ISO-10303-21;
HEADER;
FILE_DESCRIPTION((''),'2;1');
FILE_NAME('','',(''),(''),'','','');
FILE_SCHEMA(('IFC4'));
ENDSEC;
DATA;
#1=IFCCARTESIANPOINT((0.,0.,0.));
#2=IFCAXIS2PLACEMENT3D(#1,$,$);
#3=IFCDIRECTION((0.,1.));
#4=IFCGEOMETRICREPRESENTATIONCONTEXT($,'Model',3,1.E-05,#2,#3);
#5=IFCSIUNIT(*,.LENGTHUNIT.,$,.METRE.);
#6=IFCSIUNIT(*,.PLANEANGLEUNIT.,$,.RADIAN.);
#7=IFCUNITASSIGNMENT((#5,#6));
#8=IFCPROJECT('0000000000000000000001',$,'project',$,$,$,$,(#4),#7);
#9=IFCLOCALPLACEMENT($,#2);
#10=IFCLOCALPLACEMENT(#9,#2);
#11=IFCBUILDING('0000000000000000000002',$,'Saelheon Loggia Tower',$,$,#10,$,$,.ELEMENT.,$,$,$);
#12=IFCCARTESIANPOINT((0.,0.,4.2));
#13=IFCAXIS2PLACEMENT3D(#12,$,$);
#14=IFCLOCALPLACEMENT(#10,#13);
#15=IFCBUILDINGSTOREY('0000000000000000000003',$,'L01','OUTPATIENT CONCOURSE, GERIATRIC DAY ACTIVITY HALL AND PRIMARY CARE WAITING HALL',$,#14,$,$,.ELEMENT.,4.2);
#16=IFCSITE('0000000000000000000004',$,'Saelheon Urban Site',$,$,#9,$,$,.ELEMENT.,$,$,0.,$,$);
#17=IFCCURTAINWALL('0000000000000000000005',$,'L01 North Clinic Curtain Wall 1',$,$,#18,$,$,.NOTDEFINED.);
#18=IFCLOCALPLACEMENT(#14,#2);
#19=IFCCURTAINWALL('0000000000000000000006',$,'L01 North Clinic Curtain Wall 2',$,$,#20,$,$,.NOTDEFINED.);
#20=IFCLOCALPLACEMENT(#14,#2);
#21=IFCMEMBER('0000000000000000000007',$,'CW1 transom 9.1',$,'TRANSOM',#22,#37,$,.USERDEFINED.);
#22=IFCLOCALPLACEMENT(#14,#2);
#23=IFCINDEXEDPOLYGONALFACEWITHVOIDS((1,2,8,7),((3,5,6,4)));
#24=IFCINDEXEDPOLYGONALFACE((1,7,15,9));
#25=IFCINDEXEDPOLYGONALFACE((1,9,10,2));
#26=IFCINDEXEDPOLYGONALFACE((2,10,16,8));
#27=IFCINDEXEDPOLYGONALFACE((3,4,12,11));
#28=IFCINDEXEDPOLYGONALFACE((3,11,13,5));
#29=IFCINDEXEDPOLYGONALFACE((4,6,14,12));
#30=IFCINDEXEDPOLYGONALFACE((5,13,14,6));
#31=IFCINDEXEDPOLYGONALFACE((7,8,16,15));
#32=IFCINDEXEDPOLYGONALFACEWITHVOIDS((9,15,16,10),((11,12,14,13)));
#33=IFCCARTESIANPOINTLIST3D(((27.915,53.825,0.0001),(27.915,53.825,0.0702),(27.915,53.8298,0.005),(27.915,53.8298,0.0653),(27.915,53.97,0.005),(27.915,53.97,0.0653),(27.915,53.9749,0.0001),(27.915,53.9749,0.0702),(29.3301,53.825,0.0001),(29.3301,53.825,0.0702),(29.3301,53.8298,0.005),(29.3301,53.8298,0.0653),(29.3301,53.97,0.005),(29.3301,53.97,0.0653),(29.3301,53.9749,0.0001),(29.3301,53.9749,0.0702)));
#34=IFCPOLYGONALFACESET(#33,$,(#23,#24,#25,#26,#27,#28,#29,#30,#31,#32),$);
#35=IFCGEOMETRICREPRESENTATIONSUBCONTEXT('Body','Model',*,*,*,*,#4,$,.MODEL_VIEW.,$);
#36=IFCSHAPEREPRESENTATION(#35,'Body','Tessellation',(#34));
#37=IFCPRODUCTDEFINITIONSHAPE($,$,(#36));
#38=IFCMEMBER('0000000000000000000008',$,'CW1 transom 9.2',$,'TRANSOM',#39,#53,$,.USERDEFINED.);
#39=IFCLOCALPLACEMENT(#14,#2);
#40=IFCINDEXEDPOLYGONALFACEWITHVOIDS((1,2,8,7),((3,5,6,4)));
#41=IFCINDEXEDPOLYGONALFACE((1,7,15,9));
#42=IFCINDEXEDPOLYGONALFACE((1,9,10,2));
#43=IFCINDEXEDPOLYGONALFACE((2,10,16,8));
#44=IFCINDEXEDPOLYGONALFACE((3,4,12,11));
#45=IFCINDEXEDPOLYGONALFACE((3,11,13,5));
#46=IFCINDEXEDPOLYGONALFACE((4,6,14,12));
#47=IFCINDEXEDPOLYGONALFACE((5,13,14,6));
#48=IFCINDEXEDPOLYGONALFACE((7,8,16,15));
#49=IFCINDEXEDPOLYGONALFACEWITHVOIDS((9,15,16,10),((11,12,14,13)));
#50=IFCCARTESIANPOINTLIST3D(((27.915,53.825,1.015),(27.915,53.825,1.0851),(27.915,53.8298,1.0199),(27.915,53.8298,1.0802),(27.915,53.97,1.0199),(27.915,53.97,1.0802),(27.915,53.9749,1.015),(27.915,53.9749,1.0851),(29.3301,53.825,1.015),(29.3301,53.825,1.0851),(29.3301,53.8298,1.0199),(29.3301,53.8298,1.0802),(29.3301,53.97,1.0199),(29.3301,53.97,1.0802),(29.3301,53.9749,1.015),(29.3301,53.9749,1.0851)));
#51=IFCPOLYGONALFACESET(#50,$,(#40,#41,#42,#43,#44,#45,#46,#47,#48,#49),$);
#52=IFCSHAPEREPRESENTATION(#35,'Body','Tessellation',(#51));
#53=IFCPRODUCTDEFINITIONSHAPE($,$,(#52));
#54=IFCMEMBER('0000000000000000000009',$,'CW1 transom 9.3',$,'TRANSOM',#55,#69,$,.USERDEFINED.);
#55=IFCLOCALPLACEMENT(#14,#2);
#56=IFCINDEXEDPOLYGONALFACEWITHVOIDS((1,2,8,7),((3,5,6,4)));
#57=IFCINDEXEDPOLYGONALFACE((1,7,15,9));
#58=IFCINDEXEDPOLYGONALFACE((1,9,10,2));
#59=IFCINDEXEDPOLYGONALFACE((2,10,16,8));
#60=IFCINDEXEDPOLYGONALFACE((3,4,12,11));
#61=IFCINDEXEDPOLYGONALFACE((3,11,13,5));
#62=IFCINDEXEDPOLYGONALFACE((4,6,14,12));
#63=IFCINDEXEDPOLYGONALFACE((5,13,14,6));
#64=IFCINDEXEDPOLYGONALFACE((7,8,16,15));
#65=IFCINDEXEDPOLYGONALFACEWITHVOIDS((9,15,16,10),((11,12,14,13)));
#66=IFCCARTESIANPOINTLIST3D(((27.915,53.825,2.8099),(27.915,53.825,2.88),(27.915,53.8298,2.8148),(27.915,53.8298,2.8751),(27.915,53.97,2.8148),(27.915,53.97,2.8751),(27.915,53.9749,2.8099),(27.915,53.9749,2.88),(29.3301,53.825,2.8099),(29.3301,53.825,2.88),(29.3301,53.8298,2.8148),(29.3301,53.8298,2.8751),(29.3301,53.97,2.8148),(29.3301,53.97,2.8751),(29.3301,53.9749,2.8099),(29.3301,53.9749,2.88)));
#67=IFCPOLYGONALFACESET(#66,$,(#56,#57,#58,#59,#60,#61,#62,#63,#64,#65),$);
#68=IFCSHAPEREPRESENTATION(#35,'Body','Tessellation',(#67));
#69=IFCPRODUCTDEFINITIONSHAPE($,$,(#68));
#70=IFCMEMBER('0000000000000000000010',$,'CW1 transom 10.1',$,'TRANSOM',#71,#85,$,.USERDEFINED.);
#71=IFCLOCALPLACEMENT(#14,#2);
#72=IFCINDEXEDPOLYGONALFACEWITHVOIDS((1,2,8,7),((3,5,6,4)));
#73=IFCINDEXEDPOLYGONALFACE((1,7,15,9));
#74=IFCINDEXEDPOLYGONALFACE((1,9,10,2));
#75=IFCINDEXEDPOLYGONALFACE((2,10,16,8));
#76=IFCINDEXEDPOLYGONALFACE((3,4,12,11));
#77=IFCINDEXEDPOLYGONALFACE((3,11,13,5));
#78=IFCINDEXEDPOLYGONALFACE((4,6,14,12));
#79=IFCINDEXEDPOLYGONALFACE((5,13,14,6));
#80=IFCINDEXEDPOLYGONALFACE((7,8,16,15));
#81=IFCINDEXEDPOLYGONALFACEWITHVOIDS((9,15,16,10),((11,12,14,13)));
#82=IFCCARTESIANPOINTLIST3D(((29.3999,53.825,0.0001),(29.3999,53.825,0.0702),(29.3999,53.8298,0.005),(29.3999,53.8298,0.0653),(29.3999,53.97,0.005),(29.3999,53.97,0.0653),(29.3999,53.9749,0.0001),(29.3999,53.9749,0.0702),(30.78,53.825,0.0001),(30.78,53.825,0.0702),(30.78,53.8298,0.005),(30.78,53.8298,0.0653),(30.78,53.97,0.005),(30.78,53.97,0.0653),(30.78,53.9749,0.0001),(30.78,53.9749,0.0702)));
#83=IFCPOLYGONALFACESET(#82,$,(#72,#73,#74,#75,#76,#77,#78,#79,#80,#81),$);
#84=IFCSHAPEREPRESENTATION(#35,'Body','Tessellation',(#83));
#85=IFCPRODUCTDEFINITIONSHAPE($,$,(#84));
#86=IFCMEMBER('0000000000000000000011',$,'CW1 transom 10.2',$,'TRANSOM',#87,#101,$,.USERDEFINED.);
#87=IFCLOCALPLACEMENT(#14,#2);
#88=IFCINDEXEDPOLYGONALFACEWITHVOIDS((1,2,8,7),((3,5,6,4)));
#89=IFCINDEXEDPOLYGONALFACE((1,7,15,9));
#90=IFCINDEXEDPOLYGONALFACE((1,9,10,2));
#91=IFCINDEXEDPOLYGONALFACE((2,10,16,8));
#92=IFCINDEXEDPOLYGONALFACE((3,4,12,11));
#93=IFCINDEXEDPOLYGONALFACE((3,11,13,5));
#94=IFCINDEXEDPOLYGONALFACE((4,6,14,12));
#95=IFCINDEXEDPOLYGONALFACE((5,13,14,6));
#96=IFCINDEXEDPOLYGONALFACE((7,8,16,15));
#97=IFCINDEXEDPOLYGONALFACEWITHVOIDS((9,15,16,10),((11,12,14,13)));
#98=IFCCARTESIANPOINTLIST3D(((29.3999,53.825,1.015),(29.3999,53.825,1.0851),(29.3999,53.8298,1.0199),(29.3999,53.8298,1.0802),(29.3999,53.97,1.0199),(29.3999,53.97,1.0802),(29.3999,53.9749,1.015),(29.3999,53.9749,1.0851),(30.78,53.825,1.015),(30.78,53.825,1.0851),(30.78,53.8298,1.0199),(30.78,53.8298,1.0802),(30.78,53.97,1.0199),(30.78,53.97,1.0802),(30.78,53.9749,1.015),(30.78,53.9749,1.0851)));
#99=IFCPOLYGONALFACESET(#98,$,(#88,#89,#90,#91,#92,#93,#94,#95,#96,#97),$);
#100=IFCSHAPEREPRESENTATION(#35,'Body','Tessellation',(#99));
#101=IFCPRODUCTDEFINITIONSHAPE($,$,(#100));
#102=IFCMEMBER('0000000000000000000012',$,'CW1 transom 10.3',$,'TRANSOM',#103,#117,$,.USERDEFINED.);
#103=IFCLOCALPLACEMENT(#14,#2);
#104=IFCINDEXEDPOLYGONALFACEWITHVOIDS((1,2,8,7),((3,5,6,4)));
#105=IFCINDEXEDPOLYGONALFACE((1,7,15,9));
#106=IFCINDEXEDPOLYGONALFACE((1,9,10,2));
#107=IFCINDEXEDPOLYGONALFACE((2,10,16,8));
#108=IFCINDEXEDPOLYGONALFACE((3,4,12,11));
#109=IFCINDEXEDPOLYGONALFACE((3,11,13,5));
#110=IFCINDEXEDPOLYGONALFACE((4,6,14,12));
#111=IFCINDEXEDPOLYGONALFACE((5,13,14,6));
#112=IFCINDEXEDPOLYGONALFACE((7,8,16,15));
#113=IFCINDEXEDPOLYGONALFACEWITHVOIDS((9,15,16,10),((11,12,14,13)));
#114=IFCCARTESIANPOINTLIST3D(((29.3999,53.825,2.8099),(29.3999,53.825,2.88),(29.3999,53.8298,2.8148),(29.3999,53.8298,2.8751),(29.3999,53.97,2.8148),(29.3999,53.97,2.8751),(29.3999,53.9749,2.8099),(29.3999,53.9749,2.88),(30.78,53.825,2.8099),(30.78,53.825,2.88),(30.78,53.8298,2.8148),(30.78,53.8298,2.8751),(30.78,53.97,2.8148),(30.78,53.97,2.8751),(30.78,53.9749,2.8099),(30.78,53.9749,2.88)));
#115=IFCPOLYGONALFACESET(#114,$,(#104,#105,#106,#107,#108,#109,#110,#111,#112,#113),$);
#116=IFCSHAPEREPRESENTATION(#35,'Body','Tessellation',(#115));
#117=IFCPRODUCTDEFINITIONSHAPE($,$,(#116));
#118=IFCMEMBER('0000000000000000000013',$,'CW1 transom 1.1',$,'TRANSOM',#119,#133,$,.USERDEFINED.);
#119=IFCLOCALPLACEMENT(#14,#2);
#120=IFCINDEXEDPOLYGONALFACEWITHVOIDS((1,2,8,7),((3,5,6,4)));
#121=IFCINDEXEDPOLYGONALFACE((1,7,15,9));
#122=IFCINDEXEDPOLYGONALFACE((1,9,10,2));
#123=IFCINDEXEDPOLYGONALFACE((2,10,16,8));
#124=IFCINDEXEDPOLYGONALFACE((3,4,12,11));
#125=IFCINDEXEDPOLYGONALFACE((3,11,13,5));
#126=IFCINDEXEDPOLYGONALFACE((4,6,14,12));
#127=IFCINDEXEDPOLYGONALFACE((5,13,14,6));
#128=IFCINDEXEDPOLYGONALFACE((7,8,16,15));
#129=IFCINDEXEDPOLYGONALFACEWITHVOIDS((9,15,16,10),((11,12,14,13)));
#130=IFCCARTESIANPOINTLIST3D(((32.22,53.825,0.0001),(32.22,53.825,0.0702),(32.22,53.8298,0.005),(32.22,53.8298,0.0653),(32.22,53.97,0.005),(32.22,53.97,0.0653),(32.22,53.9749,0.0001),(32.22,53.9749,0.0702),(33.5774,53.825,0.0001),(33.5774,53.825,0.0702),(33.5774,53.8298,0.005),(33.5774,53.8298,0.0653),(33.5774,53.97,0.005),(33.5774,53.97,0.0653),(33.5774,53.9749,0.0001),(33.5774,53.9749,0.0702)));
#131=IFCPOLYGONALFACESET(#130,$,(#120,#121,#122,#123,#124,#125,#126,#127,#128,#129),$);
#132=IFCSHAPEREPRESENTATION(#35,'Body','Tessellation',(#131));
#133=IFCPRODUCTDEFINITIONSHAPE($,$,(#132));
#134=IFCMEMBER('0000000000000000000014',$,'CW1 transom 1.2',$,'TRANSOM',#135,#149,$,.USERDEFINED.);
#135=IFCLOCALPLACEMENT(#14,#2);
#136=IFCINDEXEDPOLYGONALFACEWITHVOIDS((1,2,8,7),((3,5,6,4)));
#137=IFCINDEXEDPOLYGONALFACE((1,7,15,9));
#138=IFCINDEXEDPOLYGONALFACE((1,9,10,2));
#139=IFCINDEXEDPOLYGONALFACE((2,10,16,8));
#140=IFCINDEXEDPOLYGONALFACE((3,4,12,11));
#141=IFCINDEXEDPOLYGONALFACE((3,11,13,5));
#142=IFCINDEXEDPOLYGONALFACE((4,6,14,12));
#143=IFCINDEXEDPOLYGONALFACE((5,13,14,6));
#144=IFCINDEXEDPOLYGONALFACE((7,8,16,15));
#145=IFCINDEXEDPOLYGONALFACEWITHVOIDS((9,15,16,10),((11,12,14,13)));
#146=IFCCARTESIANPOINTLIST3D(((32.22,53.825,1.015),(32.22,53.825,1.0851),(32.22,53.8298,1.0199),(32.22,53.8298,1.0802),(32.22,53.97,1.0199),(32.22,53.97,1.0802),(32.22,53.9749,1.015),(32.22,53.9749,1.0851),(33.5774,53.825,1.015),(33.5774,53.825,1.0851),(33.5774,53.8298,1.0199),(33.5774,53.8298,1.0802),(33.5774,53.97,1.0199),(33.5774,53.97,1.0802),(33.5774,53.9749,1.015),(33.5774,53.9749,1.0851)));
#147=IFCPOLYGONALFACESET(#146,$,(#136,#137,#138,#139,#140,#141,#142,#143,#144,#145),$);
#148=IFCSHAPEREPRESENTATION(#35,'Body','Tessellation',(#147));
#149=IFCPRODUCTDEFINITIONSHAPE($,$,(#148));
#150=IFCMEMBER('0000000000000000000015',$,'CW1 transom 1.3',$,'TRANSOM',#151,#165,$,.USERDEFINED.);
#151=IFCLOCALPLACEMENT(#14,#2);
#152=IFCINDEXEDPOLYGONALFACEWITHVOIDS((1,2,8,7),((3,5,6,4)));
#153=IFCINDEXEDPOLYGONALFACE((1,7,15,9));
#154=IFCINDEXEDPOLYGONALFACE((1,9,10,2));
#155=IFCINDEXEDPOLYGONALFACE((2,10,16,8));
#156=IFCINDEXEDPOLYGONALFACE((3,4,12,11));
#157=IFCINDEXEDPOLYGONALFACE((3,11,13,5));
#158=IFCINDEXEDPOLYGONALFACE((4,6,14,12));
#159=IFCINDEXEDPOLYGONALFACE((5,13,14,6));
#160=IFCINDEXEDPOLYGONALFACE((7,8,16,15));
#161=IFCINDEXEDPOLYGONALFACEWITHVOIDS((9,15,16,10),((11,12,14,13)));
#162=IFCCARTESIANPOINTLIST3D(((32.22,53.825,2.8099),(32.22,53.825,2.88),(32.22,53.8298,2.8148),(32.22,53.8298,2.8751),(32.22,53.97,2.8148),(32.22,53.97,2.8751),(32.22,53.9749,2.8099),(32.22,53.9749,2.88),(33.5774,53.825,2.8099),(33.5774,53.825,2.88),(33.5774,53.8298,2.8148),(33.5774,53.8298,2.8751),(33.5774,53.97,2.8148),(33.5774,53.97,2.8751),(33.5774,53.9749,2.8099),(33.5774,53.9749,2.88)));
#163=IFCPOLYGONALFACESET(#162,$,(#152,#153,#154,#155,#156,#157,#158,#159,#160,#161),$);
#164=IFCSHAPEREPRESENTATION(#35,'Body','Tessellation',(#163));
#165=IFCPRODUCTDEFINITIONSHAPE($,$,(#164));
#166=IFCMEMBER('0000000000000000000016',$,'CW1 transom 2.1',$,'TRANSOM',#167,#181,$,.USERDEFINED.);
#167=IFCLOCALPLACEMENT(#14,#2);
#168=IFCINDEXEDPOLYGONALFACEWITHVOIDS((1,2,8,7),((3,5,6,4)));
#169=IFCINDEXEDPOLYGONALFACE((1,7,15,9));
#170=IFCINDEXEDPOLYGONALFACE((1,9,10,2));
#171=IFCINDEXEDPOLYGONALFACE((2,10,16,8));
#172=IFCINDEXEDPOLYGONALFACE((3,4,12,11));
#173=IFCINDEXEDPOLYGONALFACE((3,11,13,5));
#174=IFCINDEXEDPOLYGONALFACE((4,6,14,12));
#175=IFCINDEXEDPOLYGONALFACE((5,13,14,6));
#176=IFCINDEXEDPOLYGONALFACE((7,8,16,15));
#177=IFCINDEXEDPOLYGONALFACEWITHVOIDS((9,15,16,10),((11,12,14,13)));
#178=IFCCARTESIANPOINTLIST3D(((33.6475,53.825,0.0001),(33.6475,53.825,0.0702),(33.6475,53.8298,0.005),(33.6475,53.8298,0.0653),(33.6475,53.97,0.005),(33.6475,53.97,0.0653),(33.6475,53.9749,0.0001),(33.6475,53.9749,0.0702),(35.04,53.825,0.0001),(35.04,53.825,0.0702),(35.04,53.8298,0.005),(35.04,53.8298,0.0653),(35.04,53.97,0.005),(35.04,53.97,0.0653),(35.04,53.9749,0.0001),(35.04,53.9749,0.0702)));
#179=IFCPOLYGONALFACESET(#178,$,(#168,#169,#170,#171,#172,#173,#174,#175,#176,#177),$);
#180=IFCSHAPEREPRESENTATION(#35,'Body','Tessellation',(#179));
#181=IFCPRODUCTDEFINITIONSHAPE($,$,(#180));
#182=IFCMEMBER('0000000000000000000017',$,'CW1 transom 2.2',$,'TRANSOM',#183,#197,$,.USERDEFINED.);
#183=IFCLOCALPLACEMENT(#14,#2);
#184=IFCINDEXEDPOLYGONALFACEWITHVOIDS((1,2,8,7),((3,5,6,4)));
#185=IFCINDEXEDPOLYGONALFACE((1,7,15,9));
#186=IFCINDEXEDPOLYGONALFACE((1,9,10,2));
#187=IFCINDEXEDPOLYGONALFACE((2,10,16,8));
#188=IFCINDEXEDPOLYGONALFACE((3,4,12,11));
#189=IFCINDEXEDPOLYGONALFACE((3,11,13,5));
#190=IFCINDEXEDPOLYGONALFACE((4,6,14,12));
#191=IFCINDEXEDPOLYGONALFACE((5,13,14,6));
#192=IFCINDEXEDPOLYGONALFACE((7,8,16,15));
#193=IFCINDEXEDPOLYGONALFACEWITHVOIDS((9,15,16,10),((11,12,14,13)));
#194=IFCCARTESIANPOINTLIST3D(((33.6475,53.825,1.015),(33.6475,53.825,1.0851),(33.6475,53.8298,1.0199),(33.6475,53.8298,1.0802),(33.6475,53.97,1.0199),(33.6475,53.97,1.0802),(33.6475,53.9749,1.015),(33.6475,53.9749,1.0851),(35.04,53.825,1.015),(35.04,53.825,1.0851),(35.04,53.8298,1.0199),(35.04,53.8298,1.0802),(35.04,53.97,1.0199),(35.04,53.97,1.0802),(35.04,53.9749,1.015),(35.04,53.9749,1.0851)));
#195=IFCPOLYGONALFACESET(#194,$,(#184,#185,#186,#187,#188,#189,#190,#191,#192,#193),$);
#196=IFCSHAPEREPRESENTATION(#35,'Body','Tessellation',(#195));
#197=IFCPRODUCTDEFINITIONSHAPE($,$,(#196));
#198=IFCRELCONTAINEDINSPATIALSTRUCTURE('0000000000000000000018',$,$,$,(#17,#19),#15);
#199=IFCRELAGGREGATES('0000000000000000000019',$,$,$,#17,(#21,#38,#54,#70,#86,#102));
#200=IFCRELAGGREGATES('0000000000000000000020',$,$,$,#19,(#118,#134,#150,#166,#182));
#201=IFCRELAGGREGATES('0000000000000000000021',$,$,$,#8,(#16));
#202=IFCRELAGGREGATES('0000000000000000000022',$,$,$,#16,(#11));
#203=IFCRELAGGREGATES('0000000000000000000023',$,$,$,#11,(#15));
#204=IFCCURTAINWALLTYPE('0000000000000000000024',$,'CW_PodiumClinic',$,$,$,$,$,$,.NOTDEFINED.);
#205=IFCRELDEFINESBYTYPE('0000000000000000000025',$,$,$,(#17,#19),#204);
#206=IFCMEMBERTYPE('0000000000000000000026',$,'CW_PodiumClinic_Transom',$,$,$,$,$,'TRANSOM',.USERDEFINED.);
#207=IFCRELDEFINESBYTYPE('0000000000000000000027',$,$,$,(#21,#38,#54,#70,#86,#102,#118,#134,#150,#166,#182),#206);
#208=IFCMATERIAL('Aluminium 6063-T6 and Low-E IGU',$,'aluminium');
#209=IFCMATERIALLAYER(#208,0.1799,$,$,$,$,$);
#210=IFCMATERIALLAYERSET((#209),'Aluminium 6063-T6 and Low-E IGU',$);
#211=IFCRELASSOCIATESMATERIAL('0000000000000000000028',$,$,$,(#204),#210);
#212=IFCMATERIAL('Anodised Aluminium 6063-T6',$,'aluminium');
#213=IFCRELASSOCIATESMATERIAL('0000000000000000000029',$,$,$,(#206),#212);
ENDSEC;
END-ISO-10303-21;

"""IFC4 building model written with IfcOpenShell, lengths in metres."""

from ifc_helpers import new_model, si_unit, direction, frame, origin, origin_2d, place, context, subcontext, project, spatial, hollow_rectangle, extrude, source, transform, mapped, material, layer, layer_set, material_profile, profile_set, type_object, element, aggregate, save


model = new_model("IFC4")

# Units and contexts
model_context = context("Model", 3, precision=1e-05, world=origin(), true_north=direction((0.0, 1.0)))
body_context = subcontext(model_context, "Body", "Model", "MODEL_VIEW")
ifc_project = project(units=[si_unit("LENGTHUNIT", "METRE"), si_unit("PLANEANGLEUNIT", "RADIAN")], contexts=[model_context])

# Site, building, storey
site_placement = place(None, origin())
site = spatial("IfcSite", under=ifc_project, at=site_placement, Name="Saelheon Urban Site", CompositionType="ELEMENT", RefElevation=0.0)
building_placement = place(site_placement, origin())
building = spatial("IfcBuilding", under=site, at=building_placement, Name="Saelheon Loggia Tower", CompositionType="ELEMENT")
storey_placement = place(building_placement, frame((0.0, 0.0, 4.2)))
storey = spatial("IfcBuildingStorey", under=building, at=storey_placement, Name="L01", Description="OUTPATIENT CONCOURSE, GERIATRIC DAY ACTIVITY HALL AND PRIMARY CARE WAITING HALL", CompositionType="ELEMENT", Elevation=4.2)

# Curtain walls
ifc_material_1 = material(Name="Aluminium 6063-T6 and Low-E IGU", Category="aluminium")
ifc_layer_1 = layer(ifc_material_1, 0.1799)
ifc_layer_set_1 = layer_set([ifc_layer_1], Name="Aluminium 6063-T6 and Low-E IGU")
curtain_wall_type = type_object("IfcCurtainWallType", Name="CW_PodiumClinic", PredefinedType="NOTDEFINED", material=ifc_layer_set_1)
curtain_wall_1_placement = place(storey_placement, origin())
curtain_wall_1 = element("IfcCurtainWall", 1, at=curtain_wall_1_placement, inside=storey, type_object=curtain_wall_type, Name="L01 North Clinic Curtain Wall 1", PredefinedType="NOTDEFINED")
ifc_material_2 = material(Name="Anodised Aluminium 6063-T6", Category="aluminium")
curtain_wall_2_placement = place(storey_placement, origin())
curtain_wall_2 = element("IfcCurtainWall", 2, at=curtain_wall_2_placement, inside=storey, type_object=curtain_wall_type, Name="L01 North Clinic Curtain Wall 2", PredefinedType="NOTDEFINED")

# Members
ifc_material_profile_1 = material_profile(ifc_material_2, hollow_rectangle(XDim=0.0701, YDim=0.1499, WallThickness=0.0049, at=origin_2d()), Name="RHS-150x70x5")
ifc_profile_set_1 = profile_set([ifc_material_profile_1], Name="Anodised Aluminium 6063-T6")
member_type_1 = type_object("IfcMemberType", Name="CW_PodiumClinic_Transom", ElementType="TRANSOM", PredefinedType="USERDEFINED", material=ifc_profile_set_1)
shared_shape_1 = source(origin(), body_context, "Body", "SweptSolid", [
    extrude(hollow_rectangle(XDim=0.0701, YDim=0.1499, WallThickness=0.0049, at=origin_2d()), origin(), (0.0, 0.0, 1.0), 1.415),
])
member_1_placement = place(storey_placement, frame((27.915, 53.8999, 0.0352), z_axis=(1.0, 0.0, 0.0), x_axis=(0.0, 0.0, 1.0)))
member_1 = element("IfcMember", 3, at=member_1_placement, type_object=member_type_1, Name="CW1 transom 9.1", ObjectType="TRANSOM", PredefinedType="USERDEFINED", context=body_context, shape_type="MappedRepresentation", body=[
    mapped(shared_shape_1, transform((0.0, 0.0, 0.0), scale=1.0)),
])
member_2_placement = place(storey_placement, frame((27.915, 53.8999, 1.05), z_axis=(1.0, 0.0, 0.0), x_axis=(0.0, 0.0, 1.0)))
member_2 = element("IfcMember", 4, at=member_2_placement, type_object=member_type_1, Name="CW1 transom 9.2", ObjectType="TRANSOM", PredefinedType="USERDEFINED", context=body_context, shape_type="MappedRepresentation", body=[
    mapped(shared_shape_1, transform((0.0, 0.0, 0.0), scale=1.0)),
])
member_3_placement = place(storey_placement, frame((27.915, 53.8999, 2.845), z_axis=(1.0, 0.0, 0.0), x_axis=(0.0, 0.0, 1.0)))
member_3 = element("IfcMember", 5, at=member_3_placement, type_object=member_type_1, Name="CW1 transom 9.3", ObjectType="TRANSOM", PredefinedType="USERDEFINED", context=body_context, shape_type="MappedRepresentation", body=[
    mapped(shared_shape_1, transform((0.0, 0.0, 0.0), scale=1.0)),
])
shared_shape_2 = source(origin(), body_context, "Body", "SweptSolid", [
    extrude(hollow_rectangle(XDim=0.0701, YDim=0.1499, WallThickness=0.0049, at=origin_2d()), origin(), (0.0, 0.0, 1.0), 1.3801),
])
member_4_placement = place(storey_placement, frame((29.3999, 53.8999, 0.0352), z_axis=(1.0, 0.0, 0.0), x_axis=(0.0, 0.0, 1.0)))
member_4 = element("IfcMember", 6, at=member_4_placement, type_object=member_type_1, Name="CW1 transom 10.1", ObjectType="TRANSOM", PredefinedType="USERDEFINED", context=body_context, shape_type="MappedRepresentation", body=[
    mapped(shared_shape_2, transform((0.0, 0.0, 0.0), scale=1.0)),
])
member_5_placement = place(storey_placement, frame((29.3999, 53.8999, 1.05), z_axis=(1.0, 0.0, 0.0), x_axis=(0.0, 0.0, 1.0)))
member_5 = element("IfcMember", 7, at=member_5_placement, type_object=member_type_1, Name="CW1 transom 10.2", ObjectType="TRANSOM", PredefinedType="USERDEFINED", context=body_context, shape_type="MappedRepresentation", body=[
    mapped(shared_shape_2, transform((0.0, 0.0, 0.0), scale=1.0)),
])
member_6_placement = place(storey_placement, frame((29.3999, 53.8999, 2.845), z_axis=(1.0, 0.0, 0.0), x_axis=(0.0, 0.0, 1.0)))
member_6 = element("IfcMember", 8, at=member_6_placement, type_object=member_type_1, Name="CW1 transom 10.3", ObjectType="TRANSOM", PredefinedType="USERDEFINED", context=body_context, shape_type="MappedRepresentation", body=[
    mapped(shared_shape_2, transform((0.0, 0.0, 0.0), scale=1.0)),
])
shared_shape_3 = source(origin(), body_context, "Body", "SweptSolid", [
    extrude(hollow_rectangle(XDim=0.0701, YDim=0.1499, WallThickness=0.0049, at=origin_2d()), origin(), (0.0, 0.0, 1.0), 1.3574),
])
member_7_placement = place(storey_placement, frame((32.22, 53.8999, 0.0352), z_axis=(1.0, 0.0, 0.0), x_axis=(0.0, 0.0, 1.0)))
member_7 = element("IfcMember", 9, at=member_7_placement, type_object=member_type_1, Name="CW1 transom 1.1", ObjectType="TRANSOM", PredefinedType="USERDEFINED", context=body_context, shape_type="MappedRepresentation", body=[
    mapped(shared_shape_3, transform((0.0, 0.0, 0.0), scale=1.0)),
])
member_8_placement = place(storey_placement, frame((32.22, 53.8999, 1.05), z_axis=(1.0, 0.0, 0.0), x_axis=(0.0, 0.0, 1.0)))
member_8 = element("IfcMember", 10, at=member_8_placement, type_object=member_type_1, Name="CW1 transom 1.2", ObjectType="TRANSOM", PredefinedType="USERDEFINED", context=body_context, shape_type="MappedRepresentation", body=[
    mapped(shared_shape_3, transform((0.0, 0.0, 0.0), scale=1.0)),
])
member_9_placement = place(storey_placement, frame((32.22, 53.8999, 2.845), z_axis=(1.0, 0.0, 0.0), x_axis=(0.0, 0.0, 1.0)))
member_9 = element("IfcMember", 11, at=member_9_placement, type_object=member_type_1, Name="CW1 transom 1.3", ObjectType="TRANSOM", PredefinedType="USERDEFINED", context=body_context, shape_type="MappedRepresentation", body=[
    mapped(shared_shape_3, transform((0.0, 0.0, 0.0), scale=1.0)),
])
shared_shape_4 = source(origin(), body_context, "Body", "SweptSolid", [
    extrude(hollow_rectangle(XDim=0.0701, YDim=0.1499, WallThickness=0.0049, at=origin_2d()), origin(), (0.0, 0.0, 1.0), 1.3926),
])
member_10_placement = place(storey_placement, frame((33.6475, 53.8999, 0.0352), z_axis=(1.0, 0.0, 0.0), x_axis=(0.0, 0.0, 1.0)))
member_10 = element("IfcMember", 12, at=member_10_placement, type_object=member_type_1, Name="CW1 transom 2.1", ObjectType="TRANSOM", PredefinedType="USERDEFINED", context=body_context, shape_type="MappedRepresentation", body=[
    mapped(shared_shape_4, transform((0.0, 0.0, 0.0), scale=1.0)),
])
member_11_placement = place(storey_placement, frame((33.6475, 53.8999, 1.05), z_axis=(1.0, 0.0, 0.0), x_axis=(0.0, 0.0, 1.0)))
member_11 = element("IfcMember", 13, at=member_11_placement, type_object=member_type_1, Name="CW1 transom 2.2", ObjectType="TRANSOM", PredefinedType="USERDEFINED", context=body_context, shape_type="MappedRepresentation", body=[
    mapped(shared_shape_4, transform((0.0, 0.0, 0.0), scale=1.0)),
])

aggregate(curtain_wall_1, [member_1, member_2, member_3, member_4, member_5, member_6])
aggregate(curtain_wall_2, [member_7, member_8, member_9, member_10, member_11])

save(model, "model.ifc")
